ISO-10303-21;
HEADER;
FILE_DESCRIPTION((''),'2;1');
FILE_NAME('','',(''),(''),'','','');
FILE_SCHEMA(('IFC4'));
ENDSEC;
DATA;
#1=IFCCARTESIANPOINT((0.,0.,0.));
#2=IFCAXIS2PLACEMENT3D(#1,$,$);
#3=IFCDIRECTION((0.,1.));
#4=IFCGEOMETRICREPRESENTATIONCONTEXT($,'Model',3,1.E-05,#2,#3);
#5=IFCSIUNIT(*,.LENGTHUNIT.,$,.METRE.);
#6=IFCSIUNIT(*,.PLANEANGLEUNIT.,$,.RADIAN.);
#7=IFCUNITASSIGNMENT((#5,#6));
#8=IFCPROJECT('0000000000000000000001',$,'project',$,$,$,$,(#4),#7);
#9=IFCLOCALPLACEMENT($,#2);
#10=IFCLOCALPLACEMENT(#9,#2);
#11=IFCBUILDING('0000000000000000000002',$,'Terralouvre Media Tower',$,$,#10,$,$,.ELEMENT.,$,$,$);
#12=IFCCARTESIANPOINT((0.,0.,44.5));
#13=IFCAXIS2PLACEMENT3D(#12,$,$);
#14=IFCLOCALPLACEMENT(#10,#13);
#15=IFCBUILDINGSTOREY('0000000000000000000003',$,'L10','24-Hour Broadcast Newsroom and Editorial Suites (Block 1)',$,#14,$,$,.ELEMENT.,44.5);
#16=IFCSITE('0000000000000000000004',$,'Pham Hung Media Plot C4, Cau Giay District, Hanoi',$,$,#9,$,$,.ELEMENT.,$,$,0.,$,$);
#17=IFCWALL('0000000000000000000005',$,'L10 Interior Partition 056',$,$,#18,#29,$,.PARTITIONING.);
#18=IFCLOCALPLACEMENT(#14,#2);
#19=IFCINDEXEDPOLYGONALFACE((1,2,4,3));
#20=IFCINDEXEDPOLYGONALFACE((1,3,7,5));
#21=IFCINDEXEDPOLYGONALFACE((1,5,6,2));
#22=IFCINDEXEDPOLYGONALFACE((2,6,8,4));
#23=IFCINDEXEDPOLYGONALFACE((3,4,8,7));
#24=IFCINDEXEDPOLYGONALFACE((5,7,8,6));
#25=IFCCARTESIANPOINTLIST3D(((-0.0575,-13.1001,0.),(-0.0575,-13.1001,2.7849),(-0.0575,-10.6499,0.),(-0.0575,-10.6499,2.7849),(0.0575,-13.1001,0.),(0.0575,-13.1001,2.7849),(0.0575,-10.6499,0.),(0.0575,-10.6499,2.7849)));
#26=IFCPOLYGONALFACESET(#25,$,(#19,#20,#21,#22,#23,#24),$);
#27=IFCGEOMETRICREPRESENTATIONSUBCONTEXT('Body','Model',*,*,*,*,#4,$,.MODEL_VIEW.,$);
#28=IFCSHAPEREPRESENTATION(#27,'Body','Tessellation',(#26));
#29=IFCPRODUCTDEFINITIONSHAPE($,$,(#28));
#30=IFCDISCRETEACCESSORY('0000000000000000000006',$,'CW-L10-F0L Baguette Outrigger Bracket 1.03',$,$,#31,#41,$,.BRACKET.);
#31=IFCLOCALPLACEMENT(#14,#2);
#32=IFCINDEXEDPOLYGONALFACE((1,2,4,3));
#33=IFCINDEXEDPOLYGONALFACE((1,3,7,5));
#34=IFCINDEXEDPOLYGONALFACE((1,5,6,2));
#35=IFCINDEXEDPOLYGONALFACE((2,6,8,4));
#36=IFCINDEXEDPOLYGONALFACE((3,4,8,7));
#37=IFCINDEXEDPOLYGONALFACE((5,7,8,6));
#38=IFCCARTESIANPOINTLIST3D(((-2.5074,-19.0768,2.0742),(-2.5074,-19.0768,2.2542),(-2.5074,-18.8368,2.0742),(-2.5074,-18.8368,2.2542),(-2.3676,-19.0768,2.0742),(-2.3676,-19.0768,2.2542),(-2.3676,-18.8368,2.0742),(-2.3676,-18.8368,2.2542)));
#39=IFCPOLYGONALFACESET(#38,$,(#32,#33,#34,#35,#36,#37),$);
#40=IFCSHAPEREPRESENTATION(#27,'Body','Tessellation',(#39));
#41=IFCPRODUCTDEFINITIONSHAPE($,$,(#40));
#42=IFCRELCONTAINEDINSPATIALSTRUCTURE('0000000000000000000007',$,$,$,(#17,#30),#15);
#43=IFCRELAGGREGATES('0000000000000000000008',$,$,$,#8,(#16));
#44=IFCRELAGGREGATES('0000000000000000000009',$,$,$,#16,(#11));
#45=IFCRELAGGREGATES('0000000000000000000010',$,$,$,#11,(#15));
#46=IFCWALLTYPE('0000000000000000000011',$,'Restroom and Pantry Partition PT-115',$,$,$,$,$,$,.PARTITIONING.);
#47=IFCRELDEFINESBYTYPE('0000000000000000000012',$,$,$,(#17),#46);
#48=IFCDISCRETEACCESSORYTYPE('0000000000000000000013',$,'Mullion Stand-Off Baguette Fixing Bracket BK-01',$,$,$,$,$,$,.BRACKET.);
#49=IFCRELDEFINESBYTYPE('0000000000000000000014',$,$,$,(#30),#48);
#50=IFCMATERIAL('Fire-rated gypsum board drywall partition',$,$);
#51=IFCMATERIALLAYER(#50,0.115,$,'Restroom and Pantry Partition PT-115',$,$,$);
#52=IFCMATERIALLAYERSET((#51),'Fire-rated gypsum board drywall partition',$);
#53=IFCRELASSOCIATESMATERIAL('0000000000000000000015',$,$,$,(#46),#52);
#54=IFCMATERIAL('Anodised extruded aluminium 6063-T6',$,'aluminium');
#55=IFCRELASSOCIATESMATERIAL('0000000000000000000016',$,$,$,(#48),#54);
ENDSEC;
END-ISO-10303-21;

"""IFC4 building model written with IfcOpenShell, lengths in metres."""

from ifc_helpers import new_model, si_unit, direction, frame, frame_2d, origin, origin_2d, place, context, subcontext, project, spatial, rectangle, extrude, material, layer, layer_set, type_object, element, save


model = new_model("IFC4")

# Units and contexts
model_context = context("Model", 3, precision=1e-05, world=origin(), true_north=direction((0.0, 1.0)))
body_context = subcontext(model_context, "Body", "Model", "MODEL_VIEW")
ifc_project = project(units=[si_unit("LENGTHUNIT", "METRE"), si_unit("PLANEANGLEUNIT", "RADIAN")], contexts=[model_context])

# Site, building, storey
site_placement = place(None, origin())
site = spatial("IfcSite", under=ifc_project, at=site_placement, Name="Pham Hung Media Plot C4, Cau Giay District, Hanoi", CompositionType="ELEMENT", RefElevation=0.0)
building_placement = place(site_placement, origin())
building = spatial("IfcBuilding", under=site, at=building_placement, Name="Terralouvre Media Tower", CompositionType="ELEMENT")
storey_placement = place(building_placement, frame((0.0, 0.0, 44.5)))
storey = spatial("IfcBuildingStorey", under=building, at=storey_placement, Name="L10", Description="24-Hour Broadcast Newsroom and Editorial Suites (Block 1)", CompositionType="ELEMENT", Elevation=44.5)

# Wall
ifc_material_1 = material(Name="Fire-rated gypsum board drywall partition")
ifc_layer_1 = layer(ifc_material_1, 0.115, Name="Restroom and Pantry Partition PT-115")
ifc_layer_set_1 = layer_set([ifc_layer_1], Name="Fire-rated gypsum board drywall partition")
wall_type_1 = type_object("IfcWallType", Name="Restroom and Pantry Partition PT-115", PredefinedType="PARTITIONING", material=ifc_layer_set_1)
wall_1_placement = place(storey_placement, frame((0.0, -13.1001, 0.0), z_axis=(0.0, 0.0, 1.0), x_axis=(0.0, 1.0, 0.0)))
element("IfcWall", 1, at=wall_1_placement, inside=storey, type_object=wall_type_1, Name="L10 Interior Partition 056", PredefinedType="PARTITIONING", context=body_context, shape_type="SweptSolid", body=[
    extrude(rectangle(XDim=2.4502, YDim=0.115, at=frame_2d((1.2251, 0.0))), origin(), (0.0, 0.0, 1.0), 2.7849),
])

# Discrete accessory
ifc_material_2 = material(Name="Anodised extruded aluminium 6063-T6", Category="aluminium")
discrete_accessory_type = type_object("IfcDiscreteAccessoryType", Name="Mullion Stand-Off Baguette Fixing Bracket BK-01", PredefinedType="BRACKET", material=ifc_material_2)
discrete_accessory_placement = place(storey_placement, frame((-2.4375, -18.9568, 2.0742), z_axis=(0.0, 0.0, 1.0), x_axis=(1.0, 0.0, 0.0)))
element("IfcDiscreteAccessory", 2, at=discrete_accessory_placement, inside=storey, type_object=discrete_accessory_type, Name="CW-L10-F0L Baguette Outrigger Bracket 1.03", PredefinedType="BRACKET", context=body_context, shape_type="SweptSolid", body=[
    extrude(rectangle(XDim=0.1399, YDim=0.24, at=origin_2d()), origin(), (0.0, 0.0, 1.0), 0.1799),
])

save(model, "model.ifc")
